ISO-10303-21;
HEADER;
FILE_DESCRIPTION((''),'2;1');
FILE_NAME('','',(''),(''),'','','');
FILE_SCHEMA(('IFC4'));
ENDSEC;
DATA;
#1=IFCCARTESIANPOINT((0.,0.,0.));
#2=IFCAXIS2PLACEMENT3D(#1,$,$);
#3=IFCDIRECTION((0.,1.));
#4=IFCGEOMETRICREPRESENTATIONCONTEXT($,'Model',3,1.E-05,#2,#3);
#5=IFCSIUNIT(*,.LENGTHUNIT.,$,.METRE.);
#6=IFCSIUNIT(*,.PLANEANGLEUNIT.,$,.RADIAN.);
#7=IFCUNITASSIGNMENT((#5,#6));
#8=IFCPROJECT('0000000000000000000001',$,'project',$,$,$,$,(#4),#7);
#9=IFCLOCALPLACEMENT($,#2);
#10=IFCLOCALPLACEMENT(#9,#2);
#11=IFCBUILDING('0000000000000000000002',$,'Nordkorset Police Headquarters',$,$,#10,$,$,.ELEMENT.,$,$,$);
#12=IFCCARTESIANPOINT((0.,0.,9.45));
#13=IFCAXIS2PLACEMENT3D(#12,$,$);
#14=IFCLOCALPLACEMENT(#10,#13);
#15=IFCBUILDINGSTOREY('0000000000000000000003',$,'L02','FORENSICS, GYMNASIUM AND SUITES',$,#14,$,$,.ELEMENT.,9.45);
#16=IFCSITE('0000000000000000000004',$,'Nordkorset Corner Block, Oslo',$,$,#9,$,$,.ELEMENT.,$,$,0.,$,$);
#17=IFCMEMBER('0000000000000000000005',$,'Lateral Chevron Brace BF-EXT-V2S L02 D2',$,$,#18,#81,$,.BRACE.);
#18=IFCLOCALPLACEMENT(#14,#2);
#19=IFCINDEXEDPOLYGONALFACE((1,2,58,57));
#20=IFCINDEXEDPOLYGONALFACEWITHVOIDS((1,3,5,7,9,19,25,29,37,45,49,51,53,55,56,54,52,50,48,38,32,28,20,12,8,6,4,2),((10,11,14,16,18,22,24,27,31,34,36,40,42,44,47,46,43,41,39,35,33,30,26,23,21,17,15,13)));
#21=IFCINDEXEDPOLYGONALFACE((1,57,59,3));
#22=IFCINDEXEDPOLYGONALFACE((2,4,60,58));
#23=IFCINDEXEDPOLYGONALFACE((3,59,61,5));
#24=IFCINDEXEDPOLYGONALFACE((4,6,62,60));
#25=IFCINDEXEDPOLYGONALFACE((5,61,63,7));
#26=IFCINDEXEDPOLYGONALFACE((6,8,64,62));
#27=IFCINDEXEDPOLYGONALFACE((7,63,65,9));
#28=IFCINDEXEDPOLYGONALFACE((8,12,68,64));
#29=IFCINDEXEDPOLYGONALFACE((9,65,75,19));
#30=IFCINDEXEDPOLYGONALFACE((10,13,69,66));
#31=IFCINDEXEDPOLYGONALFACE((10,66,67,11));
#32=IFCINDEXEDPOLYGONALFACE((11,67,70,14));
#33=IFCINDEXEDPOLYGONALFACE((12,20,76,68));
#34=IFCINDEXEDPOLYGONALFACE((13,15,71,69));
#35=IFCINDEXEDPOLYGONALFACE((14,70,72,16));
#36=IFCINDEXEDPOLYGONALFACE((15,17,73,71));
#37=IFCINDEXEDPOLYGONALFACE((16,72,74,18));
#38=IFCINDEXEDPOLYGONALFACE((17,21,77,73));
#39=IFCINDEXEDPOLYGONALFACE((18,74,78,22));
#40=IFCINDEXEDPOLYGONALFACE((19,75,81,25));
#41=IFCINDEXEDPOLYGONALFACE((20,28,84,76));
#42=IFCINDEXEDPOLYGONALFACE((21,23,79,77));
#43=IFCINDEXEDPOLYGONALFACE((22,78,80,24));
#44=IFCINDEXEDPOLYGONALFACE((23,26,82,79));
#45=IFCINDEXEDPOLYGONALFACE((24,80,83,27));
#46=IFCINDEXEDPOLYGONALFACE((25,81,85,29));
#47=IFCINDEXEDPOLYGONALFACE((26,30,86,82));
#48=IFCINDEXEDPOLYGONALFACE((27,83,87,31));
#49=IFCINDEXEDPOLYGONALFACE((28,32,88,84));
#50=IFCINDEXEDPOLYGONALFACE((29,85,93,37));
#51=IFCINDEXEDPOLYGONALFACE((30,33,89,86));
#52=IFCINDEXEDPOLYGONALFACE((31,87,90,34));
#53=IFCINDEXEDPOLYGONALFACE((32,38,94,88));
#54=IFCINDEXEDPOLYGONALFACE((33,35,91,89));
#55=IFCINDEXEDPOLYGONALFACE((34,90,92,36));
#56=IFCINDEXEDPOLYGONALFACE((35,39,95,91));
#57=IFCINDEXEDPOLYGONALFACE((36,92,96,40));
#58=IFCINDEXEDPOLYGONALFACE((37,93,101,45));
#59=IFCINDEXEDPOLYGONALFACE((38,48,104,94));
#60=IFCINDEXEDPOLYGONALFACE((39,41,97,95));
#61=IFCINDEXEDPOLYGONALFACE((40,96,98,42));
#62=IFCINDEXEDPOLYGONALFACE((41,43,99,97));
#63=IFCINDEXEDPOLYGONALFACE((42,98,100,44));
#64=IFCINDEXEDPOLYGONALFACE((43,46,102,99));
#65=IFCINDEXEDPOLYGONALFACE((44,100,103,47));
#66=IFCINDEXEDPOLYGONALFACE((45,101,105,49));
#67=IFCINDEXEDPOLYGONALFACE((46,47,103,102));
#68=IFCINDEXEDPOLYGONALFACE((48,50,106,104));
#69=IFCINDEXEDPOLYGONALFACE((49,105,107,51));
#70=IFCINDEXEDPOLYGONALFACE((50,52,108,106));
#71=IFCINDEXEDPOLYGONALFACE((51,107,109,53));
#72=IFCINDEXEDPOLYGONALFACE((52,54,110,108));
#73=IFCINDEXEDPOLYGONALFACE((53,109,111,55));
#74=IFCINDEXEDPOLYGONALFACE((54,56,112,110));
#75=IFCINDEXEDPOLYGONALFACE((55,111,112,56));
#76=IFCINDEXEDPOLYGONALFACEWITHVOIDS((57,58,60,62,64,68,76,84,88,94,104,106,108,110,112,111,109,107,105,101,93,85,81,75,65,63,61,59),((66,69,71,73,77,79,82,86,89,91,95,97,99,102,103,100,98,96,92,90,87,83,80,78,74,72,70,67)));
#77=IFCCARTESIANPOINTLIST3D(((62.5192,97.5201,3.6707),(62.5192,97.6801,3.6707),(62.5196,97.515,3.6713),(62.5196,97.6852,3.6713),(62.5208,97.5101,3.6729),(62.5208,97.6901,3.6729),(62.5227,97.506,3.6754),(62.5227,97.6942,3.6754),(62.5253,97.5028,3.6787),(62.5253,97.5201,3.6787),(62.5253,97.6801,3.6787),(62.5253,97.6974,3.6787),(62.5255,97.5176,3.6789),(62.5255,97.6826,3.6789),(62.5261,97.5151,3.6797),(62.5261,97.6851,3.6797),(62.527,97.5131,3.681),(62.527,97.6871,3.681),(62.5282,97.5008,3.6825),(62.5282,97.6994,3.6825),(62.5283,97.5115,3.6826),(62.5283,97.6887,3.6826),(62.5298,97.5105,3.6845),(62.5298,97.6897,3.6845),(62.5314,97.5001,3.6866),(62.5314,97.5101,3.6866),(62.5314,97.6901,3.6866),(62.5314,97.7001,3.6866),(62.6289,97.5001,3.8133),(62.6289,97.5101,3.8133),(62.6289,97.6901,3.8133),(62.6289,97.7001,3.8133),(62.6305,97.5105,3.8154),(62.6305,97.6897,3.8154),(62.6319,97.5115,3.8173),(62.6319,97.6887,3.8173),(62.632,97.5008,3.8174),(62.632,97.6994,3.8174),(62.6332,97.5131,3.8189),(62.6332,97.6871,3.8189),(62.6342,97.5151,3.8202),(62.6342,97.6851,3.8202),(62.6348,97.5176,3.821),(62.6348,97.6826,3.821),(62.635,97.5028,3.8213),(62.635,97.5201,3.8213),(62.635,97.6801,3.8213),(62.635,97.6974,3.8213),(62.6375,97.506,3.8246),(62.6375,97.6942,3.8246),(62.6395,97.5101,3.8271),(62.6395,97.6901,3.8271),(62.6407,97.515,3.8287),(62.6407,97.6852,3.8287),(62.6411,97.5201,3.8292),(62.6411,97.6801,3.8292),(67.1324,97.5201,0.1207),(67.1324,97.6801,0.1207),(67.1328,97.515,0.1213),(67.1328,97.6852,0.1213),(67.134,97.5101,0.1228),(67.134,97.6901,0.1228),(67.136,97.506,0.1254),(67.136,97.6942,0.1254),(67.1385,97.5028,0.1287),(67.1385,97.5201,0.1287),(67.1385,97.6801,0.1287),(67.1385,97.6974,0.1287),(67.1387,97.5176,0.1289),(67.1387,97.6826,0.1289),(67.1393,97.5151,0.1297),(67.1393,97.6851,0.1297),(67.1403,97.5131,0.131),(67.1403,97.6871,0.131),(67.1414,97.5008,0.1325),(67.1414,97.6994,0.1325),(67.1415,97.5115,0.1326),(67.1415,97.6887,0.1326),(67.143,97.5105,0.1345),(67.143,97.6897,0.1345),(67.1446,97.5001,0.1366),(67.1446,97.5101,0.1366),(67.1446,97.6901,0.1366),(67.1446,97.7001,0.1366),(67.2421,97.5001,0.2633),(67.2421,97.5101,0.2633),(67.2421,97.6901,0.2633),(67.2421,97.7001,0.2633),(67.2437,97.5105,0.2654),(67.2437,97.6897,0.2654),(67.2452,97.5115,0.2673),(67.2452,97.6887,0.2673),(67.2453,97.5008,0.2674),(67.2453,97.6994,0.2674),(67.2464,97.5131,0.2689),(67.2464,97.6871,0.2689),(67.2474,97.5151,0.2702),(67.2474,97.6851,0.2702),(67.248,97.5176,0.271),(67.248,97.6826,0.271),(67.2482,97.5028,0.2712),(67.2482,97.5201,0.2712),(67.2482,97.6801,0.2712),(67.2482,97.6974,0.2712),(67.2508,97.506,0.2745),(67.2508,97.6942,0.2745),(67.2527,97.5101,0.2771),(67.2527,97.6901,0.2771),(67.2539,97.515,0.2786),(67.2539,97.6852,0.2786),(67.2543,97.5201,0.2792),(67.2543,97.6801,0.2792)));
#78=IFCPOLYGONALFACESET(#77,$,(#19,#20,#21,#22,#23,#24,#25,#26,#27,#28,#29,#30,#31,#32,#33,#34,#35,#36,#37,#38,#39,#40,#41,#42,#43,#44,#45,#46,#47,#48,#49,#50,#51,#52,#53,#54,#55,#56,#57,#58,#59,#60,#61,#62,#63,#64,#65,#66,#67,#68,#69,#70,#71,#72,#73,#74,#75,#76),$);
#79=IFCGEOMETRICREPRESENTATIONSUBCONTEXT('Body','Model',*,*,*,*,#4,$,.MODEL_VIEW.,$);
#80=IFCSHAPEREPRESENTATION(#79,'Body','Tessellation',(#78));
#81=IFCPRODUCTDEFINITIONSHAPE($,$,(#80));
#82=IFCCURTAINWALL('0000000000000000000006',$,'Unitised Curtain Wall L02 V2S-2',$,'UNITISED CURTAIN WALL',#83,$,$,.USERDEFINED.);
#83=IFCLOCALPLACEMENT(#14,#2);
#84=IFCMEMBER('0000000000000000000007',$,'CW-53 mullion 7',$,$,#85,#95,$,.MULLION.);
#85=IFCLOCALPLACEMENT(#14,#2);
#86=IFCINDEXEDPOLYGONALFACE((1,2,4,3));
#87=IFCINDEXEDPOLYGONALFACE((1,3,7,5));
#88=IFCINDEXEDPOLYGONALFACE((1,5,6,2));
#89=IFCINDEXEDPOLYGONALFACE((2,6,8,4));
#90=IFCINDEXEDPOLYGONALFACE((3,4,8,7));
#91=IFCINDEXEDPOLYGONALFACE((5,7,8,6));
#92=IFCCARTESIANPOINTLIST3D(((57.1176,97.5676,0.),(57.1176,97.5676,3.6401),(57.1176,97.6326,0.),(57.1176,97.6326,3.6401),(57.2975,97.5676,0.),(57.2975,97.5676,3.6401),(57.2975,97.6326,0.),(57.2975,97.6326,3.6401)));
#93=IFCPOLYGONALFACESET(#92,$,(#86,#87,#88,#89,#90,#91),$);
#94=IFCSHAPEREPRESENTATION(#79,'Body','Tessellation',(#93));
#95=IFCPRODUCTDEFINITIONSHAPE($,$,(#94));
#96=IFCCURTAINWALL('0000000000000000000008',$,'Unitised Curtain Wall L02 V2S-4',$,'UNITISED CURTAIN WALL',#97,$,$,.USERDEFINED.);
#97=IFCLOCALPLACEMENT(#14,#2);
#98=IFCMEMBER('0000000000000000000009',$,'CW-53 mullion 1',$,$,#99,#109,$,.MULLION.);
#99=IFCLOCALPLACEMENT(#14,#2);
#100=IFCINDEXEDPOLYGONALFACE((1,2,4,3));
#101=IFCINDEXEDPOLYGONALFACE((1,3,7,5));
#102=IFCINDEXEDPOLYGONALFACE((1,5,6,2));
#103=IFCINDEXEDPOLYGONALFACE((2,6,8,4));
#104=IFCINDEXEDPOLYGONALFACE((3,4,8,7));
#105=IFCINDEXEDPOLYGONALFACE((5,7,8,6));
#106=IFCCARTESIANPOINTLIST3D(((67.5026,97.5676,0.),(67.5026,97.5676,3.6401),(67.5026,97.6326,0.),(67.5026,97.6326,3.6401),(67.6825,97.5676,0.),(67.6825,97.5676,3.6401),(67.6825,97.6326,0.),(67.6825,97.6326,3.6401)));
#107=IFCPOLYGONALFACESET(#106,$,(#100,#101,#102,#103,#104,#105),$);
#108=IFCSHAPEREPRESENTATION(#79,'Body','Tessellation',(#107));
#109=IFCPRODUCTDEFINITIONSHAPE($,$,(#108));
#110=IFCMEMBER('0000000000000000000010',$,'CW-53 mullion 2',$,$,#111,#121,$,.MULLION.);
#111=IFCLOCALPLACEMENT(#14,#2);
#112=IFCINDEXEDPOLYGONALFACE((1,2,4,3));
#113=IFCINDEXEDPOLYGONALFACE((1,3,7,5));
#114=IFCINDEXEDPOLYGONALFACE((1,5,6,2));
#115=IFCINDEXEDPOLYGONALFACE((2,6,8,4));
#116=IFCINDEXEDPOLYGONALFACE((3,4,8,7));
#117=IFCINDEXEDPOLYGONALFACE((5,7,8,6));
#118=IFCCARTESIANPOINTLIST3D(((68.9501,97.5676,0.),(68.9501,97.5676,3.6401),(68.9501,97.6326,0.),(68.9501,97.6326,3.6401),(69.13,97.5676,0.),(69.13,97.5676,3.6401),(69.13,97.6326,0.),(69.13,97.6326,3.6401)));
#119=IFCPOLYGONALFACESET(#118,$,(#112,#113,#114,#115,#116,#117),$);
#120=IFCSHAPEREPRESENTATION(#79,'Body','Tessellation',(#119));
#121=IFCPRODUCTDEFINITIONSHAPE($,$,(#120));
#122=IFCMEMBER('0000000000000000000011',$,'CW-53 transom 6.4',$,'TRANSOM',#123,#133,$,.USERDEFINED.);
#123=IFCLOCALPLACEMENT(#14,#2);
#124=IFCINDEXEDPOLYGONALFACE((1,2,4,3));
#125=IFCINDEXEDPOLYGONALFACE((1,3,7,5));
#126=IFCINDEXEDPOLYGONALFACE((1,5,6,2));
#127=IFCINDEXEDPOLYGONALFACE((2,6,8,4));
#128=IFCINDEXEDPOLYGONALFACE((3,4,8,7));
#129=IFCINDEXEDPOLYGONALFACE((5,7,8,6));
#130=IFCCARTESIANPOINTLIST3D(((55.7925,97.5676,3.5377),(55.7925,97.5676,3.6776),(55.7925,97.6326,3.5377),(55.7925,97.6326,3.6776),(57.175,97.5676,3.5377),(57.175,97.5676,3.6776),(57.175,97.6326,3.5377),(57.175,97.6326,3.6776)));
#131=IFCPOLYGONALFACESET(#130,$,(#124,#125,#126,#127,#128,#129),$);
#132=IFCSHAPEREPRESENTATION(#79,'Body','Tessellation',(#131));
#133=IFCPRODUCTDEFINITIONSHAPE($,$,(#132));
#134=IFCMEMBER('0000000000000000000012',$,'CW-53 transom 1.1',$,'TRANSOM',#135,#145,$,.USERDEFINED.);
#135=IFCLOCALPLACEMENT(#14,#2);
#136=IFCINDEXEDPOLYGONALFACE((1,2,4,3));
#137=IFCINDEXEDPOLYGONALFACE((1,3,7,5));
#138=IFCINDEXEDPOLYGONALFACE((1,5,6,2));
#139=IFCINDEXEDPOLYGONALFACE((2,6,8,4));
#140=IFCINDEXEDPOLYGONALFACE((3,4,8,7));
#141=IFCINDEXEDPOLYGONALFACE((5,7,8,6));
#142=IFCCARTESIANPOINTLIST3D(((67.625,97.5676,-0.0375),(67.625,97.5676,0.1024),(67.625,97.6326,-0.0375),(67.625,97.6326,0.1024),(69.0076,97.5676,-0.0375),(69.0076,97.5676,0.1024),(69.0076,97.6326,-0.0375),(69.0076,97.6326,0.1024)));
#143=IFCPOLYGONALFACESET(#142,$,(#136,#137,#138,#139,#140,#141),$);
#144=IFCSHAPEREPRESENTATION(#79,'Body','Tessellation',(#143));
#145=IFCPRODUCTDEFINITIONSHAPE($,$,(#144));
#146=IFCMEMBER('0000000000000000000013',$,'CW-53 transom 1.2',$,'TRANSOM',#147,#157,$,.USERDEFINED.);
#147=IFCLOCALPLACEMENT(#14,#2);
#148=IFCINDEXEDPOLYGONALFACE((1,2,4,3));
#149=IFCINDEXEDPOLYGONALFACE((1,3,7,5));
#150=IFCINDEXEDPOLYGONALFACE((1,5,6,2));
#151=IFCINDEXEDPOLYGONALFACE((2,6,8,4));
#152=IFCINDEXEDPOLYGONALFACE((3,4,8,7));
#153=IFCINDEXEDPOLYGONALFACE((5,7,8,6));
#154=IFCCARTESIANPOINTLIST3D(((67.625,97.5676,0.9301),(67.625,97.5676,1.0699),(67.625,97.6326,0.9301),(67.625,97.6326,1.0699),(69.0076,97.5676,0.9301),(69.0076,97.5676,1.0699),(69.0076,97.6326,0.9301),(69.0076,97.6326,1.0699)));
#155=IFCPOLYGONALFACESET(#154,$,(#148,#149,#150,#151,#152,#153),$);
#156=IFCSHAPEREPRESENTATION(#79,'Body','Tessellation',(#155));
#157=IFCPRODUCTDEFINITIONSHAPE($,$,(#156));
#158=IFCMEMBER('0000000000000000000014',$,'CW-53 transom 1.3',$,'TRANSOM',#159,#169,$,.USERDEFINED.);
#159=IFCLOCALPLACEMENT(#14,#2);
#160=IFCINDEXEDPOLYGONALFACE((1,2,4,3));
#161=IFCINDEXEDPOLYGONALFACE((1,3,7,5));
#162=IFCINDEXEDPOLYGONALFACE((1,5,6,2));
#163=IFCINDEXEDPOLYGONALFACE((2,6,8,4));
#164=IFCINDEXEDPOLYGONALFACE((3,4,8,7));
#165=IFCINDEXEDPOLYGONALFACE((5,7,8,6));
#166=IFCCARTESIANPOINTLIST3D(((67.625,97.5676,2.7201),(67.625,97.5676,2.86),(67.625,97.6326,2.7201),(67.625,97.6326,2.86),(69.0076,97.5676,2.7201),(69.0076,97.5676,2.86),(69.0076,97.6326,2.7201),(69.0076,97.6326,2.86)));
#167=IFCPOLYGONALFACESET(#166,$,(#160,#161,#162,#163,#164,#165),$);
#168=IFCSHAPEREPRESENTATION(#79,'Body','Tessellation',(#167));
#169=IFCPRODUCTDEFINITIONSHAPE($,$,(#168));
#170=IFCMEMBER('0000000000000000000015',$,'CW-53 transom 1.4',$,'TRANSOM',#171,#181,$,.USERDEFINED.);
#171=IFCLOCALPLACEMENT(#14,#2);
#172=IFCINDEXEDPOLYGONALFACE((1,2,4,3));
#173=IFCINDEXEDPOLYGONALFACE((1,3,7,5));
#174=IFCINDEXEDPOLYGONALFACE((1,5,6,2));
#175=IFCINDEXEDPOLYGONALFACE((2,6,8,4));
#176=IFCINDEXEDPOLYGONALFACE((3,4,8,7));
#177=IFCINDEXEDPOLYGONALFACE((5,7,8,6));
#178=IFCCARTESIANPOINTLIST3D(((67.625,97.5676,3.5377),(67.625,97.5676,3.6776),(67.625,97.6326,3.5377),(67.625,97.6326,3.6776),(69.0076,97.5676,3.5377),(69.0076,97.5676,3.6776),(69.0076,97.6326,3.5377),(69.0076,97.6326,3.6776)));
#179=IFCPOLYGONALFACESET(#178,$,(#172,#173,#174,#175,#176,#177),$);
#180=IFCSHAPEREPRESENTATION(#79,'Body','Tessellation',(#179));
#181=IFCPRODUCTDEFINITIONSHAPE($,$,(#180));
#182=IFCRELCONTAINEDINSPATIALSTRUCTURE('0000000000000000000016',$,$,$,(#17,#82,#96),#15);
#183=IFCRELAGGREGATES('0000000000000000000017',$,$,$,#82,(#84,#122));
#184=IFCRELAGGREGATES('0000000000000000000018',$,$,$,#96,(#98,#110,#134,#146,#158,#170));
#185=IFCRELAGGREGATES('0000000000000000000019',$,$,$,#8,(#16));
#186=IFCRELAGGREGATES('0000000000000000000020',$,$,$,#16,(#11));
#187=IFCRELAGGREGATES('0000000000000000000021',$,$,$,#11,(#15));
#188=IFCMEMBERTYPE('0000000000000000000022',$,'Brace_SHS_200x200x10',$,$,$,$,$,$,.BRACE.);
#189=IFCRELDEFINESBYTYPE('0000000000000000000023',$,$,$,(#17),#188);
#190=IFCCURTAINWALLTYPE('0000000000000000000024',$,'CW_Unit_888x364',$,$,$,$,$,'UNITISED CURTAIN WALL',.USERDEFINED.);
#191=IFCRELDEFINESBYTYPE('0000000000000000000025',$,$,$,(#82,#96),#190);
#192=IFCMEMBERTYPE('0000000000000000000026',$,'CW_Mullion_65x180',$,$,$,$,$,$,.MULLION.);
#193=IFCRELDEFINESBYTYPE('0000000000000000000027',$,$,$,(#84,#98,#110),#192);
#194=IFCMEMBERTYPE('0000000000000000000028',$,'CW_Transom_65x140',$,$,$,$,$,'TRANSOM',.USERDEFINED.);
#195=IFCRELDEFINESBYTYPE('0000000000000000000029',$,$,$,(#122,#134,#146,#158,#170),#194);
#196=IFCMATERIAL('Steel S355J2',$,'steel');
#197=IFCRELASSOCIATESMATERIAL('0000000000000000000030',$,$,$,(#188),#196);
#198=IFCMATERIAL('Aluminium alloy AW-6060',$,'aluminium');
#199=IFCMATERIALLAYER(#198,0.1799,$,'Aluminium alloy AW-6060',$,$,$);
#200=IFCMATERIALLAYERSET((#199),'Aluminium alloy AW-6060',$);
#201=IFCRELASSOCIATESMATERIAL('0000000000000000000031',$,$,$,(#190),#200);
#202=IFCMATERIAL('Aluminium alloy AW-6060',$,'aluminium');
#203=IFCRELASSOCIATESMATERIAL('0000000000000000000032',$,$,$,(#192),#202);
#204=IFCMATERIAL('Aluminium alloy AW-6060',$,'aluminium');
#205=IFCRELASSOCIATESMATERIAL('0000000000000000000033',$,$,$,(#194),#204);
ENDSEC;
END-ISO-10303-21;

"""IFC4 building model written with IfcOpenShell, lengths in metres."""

from ifc_helpers import new_model, si_unit, direction, frame, origin, origin_2d, place, context, subcontext, project, spatial, rectangle, hollow_rectangle, extrude, material, layer, layer_set, material_profile, profile_set, type_object, element, aggregate, save


model = new_model("IFC4")

# Units and contexts
model_context = context("Model", 3, precision=1e-05, world=origin(), true_north=direction((0.0, 1.0)))
body_context = subcontext(model_context, "Body", "Model", "MODEL_VIEW")
ifc_project = project(units=[si_unit("LENGTHUNIT", "METRE"), si_unit("PLANEANGLEUNIT", "RADIAN")], contexts=[model_context])

# Site, building, storey
site_placement = place(None, origin())
site = spatial("IfcSite", under=ifc_project, at=site_placement, Name="Nordkorset Corner Block, Oslo", CompositionType="ELEMENT", RefElevation=0.0)
building_placement = place(site_placement, origin())
building = spatial("IfcBuilding", under=site, at=building_placement, Name="Nordkorset Police Headquarters", CompositionType="ELEMENT")
storey_placement = place(building_placement, frame((0.0, 0.0, 9.45)))
storey = spatial("IfcBuildingStorey", under=building, at=storey_placement, Name="L02", Description="FORENSICS, GYMNASIUM AND SUITES", CompositionType="ELEMENT", Elevation=9.45)

# Member
ifc_material_1 = material(Name="Steel S355J2", Category="steel")
ifc_material_profile_1 = material_profile(ifc_material_1, hollow_rectangle(XDim=0.2, YDim=0.2, WallThickness=0.01, InnerFilletRadius=0.01, OuterFilletRadius=0.02, at=origin_2d()), Name="SHS 200x200x10")
ifc_profile_set_1 = profile_set([ifc_material_profile_1], Name="Steel S355J2")
member_type_1 = type_object("IfcMemberType", Name="Brace_SHS_200x200x10", PredefinedType="BRACE", material=ifc_profile_set_1)
for number, where, z_axis, x_axis, name in (
    (1, (67.1934, 97.6001, 0.2), (-0.79251, 0.0, 0.609859), (0.0, -1.0, 0.0), "Lateral Chevron Brace BF-EXT-V2S L02 D2"),
):
    element("IfcMember", number, at=place(storey_placement, frame(where, z_axis=z_axis, x_axis=x_axis)), inside=storey, type_object=member_type_1, Name=name, PredefinedType="BRACE", context=body_context, shape_type="SweptSolid", body=[
        extrude(hollow_rectangle(XDim=0.2, YDim=0.2, WallThickness=0.01, InnerFilletRadius=0.01, OuterFilletRadius=0.02, at=origin_2d()), origin(), (0.0, 0.0, 1.0), 5.821),
    ])

# Curtain wall, member
ifc_material_2 = material(Name="Aluminium alloy AW-6060", Category="aluminium")
ifc_layer_1 = layer(ifc_material_2, 0.1799, Name="Aluminium alloy AW-6060")
ifc_layer_set_1 = layer_set([ifc_layer_1], Name="Aluminium alloy AW-6060")
curtain_wall_type = type_object("IfcCurtainWallType", Name="CW_Unit_888x364", ElementType="UNITISED CURTAIN WALL", PredefinedType="USERDEFINED", material=ifc_layer_set_1)
curtain_wall_1_placement = place(storey_placement, origin())
curtain_wall_1 = element("IfcCurtainWall", 2, at=curtain_wall_1_placement, inside=storey, type_object=curtain_wall_type, Name="Unitised Curtain Wall L02 V2S-2", ObjectType="UNITISED CURTAIN WALL", PredefinedType="USERDEFINED")
ifc_material_3 = material(Name="Aluminium alloy AW-6060", Category="aluminium")
ifc_material_profile_2 = material_profile(ifc_material_3, rectangle(XDim=0.0649, YDim=0.1799, at=origin_2d()), Name="ALU MULL 65x180")
ifc_profile_set_2 = profile_set([ifc_material_profile_2], Name="Aluminium alloy AW-6060")
member_type_2 = type_object("IfcMemberType", Name="CW_Mullion_65x180", PredefinedType="MULLION", material=ifc_profile_set_2)
member_1_placement = place(storey_placement, frame((57.2075, 97.6001, 0.0), z_axis=(0.0, 0.0, 1.0), x_axis=(0.0, 1.0, 0.0)))
member_1 = element("IfcMember", 3, at=member_1_placement, type_object=member_type_2, Name="CW-53 mullion 7", PredefinedType="MULLION", context=body_context, shape_type="SweptSolid", body=[
    extrude(rectangle(XDim=0.0649, YDim=0.1799, at=origin_2d()), origin(), (0.0, 0.0, 1.0), 3.6401),
])

# Curtain wall, members
curtain_wall_2_placement = place(storey_placement, origin())
curtain_wall_2 = element("IfcCurtainWall", 4, at=curtain_wall_2_placement, inside=storey, type_object=curtain_wall_type, Name="Unitised Curtain Wall L02 V2S-4", ObjectType="UNITISED CURTAIN WALL", PredefinedType="USERDEFINED")
member_2_placement = place(storey_placement, frame((67.5925, 97.6001, 0.0), z_axis=(0.0, 0.0, 1.0), x_axis=(0.0, 1.0, 0.0)))
member_2 = element("IfcMember", 5, at=member_2_placement, type_object=member_type_2, Name="CW-53 mullion 1", PredefinedType="MULLION", context=body_context, shape_type="SweptSolid", body=[
    extrude(rectangle(XDim=0.0649, YDim=0.1799, at=origin_2d()), origin(), (0.0, 0.0, 1.0), 3.6401),
])
member_3_placement = place(storey_placement, frame((69.04, 97.6001, 0.0), z_axis=(0.0, 0.0, 1.0), x_axis=(0.0, 1.0, 0.0)))
member_3 = element("IfcMember", 6, at=member_3_placement, type_object=member_type_2, Name="CW-53 mullion 2", PredefinedType="MULLION", context=body_context, shape_type="SweptSolid", body=[
    extrude(rectangle(XDim=0.0649, YDim=0.1799, at=origin_2d()), origin(), (0.0, 0.0, 1.0), 3.6401),
])

# Members
ifc_material_4 = material(Name="Aluminium alloy AW-6060", Category="aluminium")
ifc_material_profile_3 = material_profile(ifc_material_4, rectangle(XDim=0.0649, YDim=0.1399, at=origin_2d()), Name="ALU TRAN 65x140")
ifc_profile_set_3 = profile_set([ifc_material_profile_3], Name="Aluminium alloy AW-6060")
member_type_3 = type_object("IfcMemberType", Name="CW_Transom_65x140", ElementType="TRANSOM", PredefinedType="USERDEFINED", material=ifc_profile_set_3)
member_4_placement = place(storey_placement, frame((55.7925, 97.6001, 3.6077), z_axis=(1.0, 0.0, 0.0), x_axis=(0.0, 1.0, 0.0)))
member_4 = element("IfcMember", 7, at=member_4_placement, type_object=member_type_3, Name="CW-53 transom 6.4", ObjectType="TRANSOM", PredefinedType="USERDEFINED", context=body_context, shape_type="SweptSolid", body=[
    extrude(rectangle(XDim=0.0649, YDim=0.1399, at=origin_2d()), origin(), (0.0, 0.0, 1.0), 1.3826),
])
member_5_placement = place(storey_placement, frame((67.625, 97.6001, 0.0325), z_axis=(1.0, 0.0, 0.0), x_axis=(0.0, 1.0, 0.0)))
member_5 = element("IfcMember", 8, at=member_5_placement, type_object=member_type_3, Name="CW-53 transom 1.1", ObjectType="TRANSOM", PredefinedType="USERDEFINED", context=body_context, shape_type="SweptSolid", body=[
    extrude(rectangle(XDim=0.0649, YDim=0.1399, at=origin_2d()), origin(), (0.0, 0.0, 1.0), 1.3826),
])
member_6_placement = place(storey_placement, frame((67.625, 97.6001, 1.0), z_axis=(1.0, 0.0, 0.0), x_axis=(0.0, 1.0, 0.0)))
member_6 = element("IfcMember", 9, at=member_6_placement, type_object=member_type_3, Name="CW-53 transom 1.2", ObjectType="TRANSOM", PredefinedType="USERDEFINED", context=body_context, shape_type="SweptSolid", body=[
    extrude(rectangle(XDim=0.0649, YDim=0.1399, at=origin_2d()), origin(), (0.0, 0.0, 1.0), 1.3826),
])
member_7_placement = place(storey_placement, frame((67.625, 97.6001, 2.79), z_axis=(1.0, 0.0, 0.0), x_axis=(0.0, 1.0, 0.0)))
member_7 = element("IfcMember", 10, at=member_7_placement, type_object=member_type_3, Name="CW-53 transom 1.3", ObjectType="TRANSOM", PredefinedType="USERDEFINED", context=body_context, shape_type="SweptSolid", body=[
    extrude(rectangle(XDim=0.0649, YDim=0.1399, at=origin_2d()), origin(), (0.0, 0.0, 1.0), 1.3826),
])
member_8_placement = place(storey_placement, frame((67.625, 97.6001, 3.6077), z_axis=(1.0, 0.0, 0.0), x_axis=(0.0, 1.0, 0.0)))
member_8 = element("IfcMember", 11, at=member_8_placement, type_object=member_type_3, Name="CW-53 transom 1.4", ObjectType="TRANSOM", PredefinedType="USERDEFINED", context=body_context, shape_type="SweptSolid", body=[
    extrude(rectangle(XDim=0.0649, YDim=0.1399, at=origin_2d()), origin(), (0.0, 0.0, 1.0), 1.3826),
])

aggregate(curtain_wall_1, [member_1, member_4])
aggregate(curtain_wall_2, [member_2, member_3, member_5, member_6, member_7, member_8])

save(model, "model.ifc")
